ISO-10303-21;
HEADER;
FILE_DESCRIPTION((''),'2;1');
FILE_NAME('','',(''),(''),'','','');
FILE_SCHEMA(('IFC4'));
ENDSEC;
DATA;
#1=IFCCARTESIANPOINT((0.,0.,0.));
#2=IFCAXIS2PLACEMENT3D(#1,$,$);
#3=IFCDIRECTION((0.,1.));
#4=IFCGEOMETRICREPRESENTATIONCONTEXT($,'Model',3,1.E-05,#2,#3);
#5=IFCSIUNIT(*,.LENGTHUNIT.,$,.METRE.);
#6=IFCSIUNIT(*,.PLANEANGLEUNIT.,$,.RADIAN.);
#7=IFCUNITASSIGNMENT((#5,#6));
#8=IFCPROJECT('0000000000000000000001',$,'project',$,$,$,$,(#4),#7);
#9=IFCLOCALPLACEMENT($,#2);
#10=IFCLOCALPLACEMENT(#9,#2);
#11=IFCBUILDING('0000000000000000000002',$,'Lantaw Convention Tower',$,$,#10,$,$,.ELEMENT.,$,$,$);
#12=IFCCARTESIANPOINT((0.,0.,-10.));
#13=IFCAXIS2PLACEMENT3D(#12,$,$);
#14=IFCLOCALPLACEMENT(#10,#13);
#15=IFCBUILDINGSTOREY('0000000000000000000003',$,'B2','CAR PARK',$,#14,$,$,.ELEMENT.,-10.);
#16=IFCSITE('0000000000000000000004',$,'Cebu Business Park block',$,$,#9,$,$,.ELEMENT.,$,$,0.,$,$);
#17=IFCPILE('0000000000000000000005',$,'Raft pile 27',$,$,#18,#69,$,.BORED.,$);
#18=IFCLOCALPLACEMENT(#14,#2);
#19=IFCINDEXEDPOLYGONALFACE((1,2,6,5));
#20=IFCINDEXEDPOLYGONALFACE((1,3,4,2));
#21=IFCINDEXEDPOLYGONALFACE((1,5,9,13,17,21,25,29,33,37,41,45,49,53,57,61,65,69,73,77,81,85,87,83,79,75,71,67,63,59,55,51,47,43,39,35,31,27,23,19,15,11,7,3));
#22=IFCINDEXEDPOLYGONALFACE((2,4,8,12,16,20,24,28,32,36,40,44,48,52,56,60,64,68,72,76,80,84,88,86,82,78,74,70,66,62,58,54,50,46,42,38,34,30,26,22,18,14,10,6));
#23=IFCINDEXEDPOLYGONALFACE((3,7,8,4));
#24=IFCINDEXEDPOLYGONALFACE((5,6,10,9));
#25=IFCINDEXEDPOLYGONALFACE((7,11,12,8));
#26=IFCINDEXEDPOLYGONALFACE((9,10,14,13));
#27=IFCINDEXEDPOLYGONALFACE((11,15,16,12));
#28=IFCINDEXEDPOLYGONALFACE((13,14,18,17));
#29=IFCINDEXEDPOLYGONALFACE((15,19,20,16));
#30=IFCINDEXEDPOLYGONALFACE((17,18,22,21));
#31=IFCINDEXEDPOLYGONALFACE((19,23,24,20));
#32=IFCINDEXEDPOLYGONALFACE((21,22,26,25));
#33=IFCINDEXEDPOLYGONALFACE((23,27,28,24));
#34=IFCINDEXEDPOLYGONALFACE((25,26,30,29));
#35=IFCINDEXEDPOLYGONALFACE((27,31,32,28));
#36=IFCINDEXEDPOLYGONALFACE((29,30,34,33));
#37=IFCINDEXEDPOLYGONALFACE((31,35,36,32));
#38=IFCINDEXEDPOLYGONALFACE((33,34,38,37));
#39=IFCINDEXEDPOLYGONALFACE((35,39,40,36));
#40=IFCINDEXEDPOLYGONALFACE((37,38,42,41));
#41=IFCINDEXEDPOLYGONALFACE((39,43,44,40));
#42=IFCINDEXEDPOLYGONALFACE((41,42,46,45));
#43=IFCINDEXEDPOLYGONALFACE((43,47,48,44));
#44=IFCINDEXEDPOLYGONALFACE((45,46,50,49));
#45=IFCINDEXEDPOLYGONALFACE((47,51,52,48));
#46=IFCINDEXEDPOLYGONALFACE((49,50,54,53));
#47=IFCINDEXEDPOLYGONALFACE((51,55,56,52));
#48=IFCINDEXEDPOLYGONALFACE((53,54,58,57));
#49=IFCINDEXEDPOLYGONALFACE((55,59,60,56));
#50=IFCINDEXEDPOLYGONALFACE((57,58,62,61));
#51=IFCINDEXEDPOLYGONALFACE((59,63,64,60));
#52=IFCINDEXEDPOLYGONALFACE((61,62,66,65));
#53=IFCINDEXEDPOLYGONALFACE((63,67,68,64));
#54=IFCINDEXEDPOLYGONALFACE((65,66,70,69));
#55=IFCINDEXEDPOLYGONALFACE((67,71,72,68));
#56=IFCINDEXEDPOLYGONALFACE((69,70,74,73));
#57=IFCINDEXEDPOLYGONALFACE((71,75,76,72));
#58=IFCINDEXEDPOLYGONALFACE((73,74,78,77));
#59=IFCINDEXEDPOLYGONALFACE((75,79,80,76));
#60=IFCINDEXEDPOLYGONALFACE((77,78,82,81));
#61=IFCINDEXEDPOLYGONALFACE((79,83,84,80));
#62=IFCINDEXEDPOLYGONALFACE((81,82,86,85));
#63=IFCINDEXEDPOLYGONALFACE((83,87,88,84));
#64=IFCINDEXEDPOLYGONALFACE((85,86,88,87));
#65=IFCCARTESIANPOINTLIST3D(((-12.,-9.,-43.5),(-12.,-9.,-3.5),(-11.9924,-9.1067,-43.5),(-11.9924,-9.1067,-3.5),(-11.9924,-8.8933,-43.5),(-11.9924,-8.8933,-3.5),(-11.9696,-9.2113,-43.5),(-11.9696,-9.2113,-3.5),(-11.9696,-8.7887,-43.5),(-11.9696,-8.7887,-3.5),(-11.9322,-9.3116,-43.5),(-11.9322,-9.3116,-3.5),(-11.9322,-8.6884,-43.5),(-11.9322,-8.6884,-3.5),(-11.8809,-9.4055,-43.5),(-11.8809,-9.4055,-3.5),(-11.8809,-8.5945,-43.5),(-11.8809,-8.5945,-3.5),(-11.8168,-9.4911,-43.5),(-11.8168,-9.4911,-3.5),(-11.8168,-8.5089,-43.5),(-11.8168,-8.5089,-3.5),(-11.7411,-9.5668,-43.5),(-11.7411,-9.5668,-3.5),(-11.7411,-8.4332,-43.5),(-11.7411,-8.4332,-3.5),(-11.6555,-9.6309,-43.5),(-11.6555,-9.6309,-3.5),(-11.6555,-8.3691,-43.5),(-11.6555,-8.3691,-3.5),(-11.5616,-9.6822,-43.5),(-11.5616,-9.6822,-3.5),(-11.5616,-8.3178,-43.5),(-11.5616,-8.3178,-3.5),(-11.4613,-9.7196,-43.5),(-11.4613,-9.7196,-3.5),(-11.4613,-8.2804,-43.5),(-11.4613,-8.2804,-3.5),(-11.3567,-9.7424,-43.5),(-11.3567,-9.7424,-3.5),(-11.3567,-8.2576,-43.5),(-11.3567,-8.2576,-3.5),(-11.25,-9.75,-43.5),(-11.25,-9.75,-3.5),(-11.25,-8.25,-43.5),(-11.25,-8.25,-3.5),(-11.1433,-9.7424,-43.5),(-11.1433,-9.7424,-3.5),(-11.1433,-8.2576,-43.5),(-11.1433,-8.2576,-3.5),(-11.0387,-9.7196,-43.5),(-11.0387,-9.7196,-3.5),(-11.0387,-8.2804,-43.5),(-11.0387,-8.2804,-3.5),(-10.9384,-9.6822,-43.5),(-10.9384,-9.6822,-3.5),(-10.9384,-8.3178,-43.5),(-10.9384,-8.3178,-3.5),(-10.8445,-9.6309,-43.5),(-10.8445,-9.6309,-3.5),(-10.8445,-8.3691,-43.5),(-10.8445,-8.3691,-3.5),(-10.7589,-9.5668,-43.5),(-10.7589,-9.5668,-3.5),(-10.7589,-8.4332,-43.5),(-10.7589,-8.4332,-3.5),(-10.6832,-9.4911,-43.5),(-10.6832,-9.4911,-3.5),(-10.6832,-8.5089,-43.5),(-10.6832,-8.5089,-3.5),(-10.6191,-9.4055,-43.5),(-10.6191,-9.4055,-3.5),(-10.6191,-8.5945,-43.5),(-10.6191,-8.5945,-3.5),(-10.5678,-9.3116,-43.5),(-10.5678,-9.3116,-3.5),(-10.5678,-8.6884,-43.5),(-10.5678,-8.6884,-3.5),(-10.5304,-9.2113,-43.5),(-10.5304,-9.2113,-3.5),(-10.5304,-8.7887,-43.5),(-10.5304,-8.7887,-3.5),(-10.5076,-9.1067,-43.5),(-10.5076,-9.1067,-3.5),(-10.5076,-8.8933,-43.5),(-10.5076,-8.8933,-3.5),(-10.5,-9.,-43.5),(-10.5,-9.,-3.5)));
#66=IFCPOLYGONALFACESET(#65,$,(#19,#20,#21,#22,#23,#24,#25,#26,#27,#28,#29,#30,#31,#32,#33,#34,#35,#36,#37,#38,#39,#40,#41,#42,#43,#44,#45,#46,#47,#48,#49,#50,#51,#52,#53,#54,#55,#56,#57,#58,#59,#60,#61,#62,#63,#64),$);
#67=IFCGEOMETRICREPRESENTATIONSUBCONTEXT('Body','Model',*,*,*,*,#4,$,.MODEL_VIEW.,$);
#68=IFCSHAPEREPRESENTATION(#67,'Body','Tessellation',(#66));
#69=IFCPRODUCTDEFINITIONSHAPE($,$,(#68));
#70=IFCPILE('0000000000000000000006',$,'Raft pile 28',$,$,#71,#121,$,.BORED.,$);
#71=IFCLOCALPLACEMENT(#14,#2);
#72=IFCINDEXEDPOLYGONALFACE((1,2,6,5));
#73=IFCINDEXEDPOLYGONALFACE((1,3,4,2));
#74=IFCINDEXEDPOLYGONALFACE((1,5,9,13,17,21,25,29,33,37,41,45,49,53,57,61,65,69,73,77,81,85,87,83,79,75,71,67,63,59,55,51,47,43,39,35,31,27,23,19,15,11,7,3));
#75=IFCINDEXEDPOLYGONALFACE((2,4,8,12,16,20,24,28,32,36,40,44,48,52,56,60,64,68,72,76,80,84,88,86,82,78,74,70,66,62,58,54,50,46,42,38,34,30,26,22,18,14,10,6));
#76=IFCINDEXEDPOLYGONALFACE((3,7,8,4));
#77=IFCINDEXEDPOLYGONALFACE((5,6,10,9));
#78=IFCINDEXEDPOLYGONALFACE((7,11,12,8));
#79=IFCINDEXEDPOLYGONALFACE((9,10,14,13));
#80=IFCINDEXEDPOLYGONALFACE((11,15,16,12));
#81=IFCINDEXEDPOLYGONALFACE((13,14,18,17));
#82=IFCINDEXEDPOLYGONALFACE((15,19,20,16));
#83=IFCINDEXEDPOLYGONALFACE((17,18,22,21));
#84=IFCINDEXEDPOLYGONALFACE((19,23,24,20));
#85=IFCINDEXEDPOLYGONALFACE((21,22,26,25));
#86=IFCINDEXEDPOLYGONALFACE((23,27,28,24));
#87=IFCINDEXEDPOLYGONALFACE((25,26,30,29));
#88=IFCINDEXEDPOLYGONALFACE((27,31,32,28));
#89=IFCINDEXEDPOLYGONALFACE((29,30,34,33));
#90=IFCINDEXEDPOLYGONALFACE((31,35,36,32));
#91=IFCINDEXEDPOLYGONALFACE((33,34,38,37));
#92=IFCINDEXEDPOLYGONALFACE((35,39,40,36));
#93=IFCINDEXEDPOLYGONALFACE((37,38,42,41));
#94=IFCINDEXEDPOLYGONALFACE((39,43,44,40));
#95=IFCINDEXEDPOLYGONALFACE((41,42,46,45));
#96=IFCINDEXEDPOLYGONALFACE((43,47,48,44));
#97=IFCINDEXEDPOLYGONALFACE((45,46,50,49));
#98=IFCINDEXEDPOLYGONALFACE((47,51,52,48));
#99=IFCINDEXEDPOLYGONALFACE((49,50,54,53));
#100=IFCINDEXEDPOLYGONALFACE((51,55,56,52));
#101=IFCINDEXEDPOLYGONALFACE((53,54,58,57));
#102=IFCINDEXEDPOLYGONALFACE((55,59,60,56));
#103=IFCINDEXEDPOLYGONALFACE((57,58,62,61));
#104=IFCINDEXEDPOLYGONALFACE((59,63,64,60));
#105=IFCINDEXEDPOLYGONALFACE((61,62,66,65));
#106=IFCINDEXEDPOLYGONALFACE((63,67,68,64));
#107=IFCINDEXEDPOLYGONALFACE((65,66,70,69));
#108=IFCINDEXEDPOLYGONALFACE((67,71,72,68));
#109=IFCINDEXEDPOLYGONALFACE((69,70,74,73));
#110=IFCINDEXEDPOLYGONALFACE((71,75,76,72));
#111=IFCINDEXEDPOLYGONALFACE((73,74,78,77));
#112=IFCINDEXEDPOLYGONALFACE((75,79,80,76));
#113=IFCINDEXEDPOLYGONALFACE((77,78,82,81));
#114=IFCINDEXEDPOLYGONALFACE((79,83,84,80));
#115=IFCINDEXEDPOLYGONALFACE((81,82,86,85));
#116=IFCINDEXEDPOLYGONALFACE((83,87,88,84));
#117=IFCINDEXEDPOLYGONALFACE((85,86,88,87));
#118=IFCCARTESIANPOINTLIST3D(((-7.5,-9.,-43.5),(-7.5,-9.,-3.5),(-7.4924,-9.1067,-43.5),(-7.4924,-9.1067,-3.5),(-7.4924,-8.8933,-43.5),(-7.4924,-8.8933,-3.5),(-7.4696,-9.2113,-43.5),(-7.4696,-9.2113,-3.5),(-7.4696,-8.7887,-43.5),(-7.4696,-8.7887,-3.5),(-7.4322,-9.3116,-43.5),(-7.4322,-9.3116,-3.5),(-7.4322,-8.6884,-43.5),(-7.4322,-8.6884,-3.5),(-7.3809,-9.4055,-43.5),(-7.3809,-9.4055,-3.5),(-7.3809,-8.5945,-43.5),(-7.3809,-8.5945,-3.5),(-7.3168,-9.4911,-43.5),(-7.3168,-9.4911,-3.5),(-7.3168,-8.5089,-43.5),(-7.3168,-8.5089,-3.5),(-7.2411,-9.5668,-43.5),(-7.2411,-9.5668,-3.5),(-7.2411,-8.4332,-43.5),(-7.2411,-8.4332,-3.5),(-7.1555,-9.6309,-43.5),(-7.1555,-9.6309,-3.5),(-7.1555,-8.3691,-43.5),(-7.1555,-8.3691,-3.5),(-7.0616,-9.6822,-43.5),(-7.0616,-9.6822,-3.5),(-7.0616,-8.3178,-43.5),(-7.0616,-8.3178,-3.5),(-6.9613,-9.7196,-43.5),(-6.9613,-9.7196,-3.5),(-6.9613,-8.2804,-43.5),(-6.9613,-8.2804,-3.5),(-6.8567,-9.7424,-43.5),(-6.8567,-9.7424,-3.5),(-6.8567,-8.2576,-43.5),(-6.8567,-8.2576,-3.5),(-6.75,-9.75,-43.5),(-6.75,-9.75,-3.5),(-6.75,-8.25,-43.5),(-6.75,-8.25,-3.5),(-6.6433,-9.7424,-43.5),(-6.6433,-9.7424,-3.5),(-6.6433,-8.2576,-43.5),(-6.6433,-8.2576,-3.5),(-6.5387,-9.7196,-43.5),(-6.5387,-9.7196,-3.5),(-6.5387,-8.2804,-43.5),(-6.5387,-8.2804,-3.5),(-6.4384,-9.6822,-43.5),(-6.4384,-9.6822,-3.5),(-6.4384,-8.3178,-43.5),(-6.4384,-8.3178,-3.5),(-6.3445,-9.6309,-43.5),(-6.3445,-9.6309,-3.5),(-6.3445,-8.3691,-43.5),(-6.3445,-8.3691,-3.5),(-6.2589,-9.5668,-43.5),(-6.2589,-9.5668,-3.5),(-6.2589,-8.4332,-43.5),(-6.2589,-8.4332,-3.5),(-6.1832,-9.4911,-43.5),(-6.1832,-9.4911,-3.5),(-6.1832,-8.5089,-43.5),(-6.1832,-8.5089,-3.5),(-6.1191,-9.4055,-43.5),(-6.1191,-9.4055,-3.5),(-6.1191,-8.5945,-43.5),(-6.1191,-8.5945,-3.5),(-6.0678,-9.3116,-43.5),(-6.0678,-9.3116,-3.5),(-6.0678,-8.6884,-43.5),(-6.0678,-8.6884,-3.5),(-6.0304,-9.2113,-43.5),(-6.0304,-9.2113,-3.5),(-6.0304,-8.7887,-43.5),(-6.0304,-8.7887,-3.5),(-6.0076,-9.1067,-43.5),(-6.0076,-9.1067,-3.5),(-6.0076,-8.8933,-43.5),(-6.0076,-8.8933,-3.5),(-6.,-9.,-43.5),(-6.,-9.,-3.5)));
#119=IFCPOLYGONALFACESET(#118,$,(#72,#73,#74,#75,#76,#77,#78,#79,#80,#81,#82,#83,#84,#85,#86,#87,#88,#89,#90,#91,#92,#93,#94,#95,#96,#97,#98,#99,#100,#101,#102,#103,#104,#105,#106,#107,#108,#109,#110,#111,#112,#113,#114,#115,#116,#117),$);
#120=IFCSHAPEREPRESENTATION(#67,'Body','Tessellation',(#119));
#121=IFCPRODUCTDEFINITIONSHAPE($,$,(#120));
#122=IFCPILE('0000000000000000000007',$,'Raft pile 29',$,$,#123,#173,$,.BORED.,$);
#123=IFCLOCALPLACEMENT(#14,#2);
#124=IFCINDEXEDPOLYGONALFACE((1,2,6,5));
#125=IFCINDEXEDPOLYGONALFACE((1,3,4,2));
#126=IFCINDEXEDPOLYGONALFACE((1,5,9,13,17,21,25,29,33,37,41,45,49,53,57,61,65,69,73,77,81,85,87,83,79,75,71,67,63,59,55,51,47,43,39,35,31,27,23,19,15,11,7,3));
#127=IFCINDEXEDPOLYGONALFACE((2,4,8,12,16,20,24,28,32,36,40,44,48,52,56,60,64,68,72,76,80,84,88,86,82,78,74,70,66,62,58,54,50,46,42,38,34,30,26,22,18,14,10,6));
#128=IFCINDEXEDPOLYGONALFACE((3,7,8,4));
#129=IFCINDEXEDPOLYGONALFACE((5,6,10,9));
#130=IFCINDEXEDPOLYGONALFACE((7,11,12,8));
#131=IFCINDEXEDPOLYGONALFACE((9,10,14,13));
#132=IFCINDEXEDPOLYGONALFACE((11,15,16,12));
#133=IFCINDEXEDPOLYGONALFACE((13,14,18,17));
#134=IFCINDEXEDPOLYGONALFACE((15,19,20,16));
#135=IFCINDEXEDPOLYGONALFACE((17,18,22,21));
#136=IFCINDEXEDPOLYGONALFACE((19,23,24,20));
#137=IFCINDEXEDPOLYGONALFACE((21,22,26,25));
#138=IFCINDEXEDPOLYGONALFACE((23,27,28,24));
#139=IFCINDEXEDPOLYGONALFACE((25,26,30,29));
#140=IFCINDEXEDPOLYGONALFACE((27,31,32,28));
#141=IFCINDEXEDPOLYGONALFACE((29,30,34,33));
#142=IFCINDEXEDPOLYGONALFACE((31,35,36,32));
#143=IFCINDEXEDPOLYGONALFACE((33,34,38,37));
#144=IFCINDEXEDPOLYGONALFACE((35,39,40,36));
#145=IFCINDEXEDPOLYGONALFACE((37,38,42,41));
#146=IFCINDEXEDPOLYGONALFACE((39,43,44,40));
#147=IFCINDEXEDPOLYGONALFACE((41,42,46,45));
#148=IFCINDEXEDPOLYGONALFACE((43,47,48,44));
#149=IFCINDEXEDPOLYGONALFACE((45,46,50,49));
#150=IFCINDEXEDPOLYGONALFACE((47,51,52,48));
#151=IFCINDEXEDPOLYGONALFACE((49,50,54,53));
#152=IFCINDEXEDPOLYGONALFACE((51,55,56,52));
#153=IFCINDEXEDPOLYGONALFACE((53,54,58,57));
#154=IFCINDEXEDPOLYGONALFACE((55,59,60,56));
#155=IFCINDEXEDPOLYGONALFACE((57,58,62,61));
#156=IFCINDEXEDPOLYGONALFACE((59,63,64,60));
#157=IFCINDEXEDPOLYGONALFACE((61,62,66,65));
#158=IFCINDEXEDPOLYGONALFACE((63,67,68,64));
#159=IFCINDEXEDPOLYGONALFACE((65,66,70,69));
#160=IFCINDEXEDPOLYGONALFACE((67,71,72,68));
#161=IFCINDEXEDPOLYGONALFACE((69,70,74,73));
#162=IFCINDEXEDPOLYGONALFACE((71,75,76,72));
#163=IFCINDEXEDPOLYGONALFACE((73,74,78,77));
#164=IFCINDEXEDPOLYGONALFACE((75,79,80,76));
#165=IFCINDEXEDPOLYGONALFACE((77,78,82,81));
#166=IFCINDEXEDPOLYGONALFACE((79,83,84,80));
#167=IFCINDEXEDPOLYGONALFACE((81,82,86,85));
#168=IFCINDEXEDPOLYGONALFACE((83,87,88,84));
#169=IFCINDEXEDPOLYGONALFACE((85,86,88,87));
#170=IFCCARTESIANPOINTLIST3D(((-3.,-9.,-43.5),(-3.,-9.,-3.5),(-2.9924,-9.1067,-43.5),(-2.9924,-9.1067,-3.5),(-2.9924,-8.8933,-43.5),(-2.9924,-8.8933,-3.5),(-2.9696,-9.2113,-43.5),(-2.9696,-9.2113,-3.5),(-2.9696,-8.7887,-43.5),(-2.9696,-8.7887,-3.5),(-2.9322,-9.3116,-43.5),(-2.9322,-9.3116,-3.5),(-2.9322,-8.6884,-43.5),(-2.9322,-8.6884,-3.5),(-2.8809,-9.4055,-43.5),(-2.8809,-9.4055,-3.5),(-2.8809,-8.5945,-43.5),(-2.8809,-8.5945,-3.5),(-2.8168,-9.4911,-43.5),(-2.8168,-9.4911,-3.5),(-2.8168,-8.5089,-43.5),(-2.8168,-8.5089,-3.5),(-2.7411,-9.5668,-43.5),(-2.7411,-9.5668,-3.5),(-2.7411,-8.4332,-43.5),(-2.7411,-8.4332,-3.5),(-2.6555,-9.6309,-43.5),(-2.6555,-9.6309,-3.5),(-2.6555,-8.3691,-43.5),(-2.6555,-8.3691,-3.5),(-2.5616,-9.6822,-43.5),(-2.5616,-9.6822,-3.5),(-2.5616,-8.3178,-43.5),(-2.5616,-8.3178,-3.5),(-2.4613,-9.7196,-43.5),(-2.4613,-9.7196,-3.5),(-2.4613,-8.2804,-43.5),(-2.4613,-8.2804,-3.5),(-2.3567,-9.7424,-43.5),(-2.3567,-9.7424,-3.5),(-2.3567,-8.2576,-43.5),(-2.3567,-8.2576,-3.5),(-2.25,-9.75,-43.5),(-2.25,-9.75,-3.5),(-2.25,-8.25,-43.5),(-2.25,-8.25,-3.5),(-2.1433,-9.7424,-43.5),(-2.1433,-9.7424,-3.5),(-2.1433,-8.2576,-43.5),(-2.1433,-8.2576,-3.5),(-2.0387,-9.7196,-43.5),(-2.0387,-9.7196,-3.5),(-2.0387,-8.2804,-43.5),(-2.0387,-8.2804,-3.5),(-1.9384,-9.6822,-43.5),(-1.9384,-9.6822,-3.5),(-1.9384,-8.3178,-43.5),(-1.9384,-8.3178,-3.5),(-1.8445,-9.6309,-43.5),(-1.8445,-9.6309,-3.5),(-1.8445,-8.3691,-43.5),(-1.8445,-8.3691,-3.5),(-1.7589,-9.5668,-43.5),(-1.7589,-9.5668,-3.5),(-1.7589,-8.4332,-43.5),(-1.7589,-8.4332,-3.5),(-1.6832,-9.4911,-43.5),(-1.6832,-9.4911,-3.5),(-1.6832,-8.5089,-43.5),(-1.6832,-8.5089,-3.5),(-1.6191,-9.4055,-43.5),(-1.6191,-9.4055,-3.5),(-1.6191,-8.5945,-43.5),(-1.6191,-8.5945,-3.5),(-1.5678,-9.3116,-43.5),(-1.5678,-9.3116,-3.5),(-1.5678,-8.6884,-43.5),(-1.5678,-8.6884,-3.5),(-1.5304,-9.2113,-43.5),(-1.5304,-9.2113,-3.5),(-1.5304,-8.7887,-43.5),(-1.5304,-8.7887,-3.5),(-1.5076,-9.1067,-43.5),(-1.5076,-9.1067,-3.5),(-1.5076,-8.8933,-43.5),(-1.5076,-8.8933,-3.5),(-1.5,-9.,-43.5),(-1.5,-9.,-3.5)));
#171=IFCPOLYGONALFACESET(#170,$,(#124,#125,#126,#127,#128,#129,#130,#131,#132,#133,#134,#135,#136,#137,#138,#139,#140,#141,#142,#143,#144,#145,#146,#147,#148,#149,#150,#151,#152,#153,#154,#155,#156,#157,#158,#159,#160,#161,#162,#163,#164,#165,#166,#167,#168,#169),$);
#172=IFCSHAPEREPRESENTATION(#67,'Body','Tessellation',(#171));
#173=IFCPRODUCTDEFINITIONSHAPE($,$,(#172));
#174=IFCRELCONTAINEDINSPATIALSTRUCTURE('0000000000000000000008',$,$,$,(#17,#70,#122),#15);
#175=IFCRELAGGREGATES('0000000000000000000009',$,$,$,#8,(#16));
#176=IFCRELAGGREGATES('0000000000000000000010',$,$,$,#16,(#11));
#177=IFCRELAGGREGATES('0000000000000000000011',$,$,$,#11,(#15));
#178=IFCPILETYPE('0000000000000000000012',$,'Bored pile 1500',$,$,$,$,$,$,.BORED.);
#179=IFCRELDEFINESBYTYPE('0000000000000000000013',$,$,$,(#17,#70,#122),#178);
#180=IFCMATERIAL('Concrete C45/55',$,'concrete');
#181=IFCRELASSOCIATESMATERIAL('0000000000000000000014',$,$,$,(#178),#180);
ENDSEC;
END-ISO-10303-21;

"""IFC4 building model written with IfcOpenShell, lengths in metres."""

from ifc_helpers import new_model, si_unit, direction, frame, origin, origin_2d, place, context, subcontext, project, spatial, circle, extrude, material, material_profile, profile_set, type_object, element, save


model = new_model("IFC4")

# Units and contexts
model_context = context("Model", 3, precision=1e-05, world=origin(), true_north=direction((0.0, 1.0)))
body_context = subcontext(model_context, "Body", "Model", "MODEL_VIEW")
ifc_project = project(units=[si_unit("LENGTHUNIT", "METRE"), si_unit("PLANEANGLEUNIT", "RADIAN")], contexts=[model_context])

# Site, building, storey
site_placement = place(None, origin())
site = spatial("IfcSite", under=ifc_project, at=site_placement, Name="Cebu Business Park block", CompositionType="ELEMENT", RefElevation=0.0)
building_placement = place(site_placement, origin())
building = spatial("IfcBuilding", under=site, at=building_placement, Name="Lantaw Convention Tower", CompositionType="ELEMENT")
storey_placement = place(building_placement, frame((0.0, 0.0, -10.0)))
storey = spatial("IfcBuildingStorey", under=building, at=storey_placement, Name="B2", Description="CAR PARK", CompositionType="ELEMENT", Elevation=-10.0)

# Piles
ifc_material_1 = material(Name="Concrete C45/55", Category="concrete")
ifc_material_profile_1 = material_profile(ifc_material_1, circle(Radius=0.75, at=origin_2d()), Name="Bored pile 1500")
ifc_profile_set_1 = profile_set([ifc_material_profile_1], Name="Concrete C45/55")
pile_type_1 = type_object("IfcPileType", Name="Bored pile 1500", PredefinedType="BORED", material=ifc_profile_set_1)
for number, where, z_axis, x_axis, name in (
    (1, (-11.25, -9.0, -3.5), (0.0, 0.0, -1.0), (1.0, 0.0, 0.0), "Raft pile 27"),
    (2, (-6.75, -9.0, -3.5), (0.0, 0.0, -1.0), (1.0, 0.0, 0.0), "Raft pile 28"),
    (3, (-2.25, -9.0, -3.5), (0.0, 0.0, -1.0), (1.0, 0.0, 0.0), "Raft pile 29"),
):
    element("IfcPile", number, at=place(storey_placement, frame(where, z_axis=z_axis, x_axis=x_axis)), inside=storey, type_object=pile_type_1, Name=name, PredefinedType="BORED", context=body_context, shape_type="SweptSolid", body=[
        extrude(circle(Radius=0.75, at=origin_2d()), origin(), (0.0, 0.0, 1.0), 40.0),
    ])

save(model, "model.ifc")
